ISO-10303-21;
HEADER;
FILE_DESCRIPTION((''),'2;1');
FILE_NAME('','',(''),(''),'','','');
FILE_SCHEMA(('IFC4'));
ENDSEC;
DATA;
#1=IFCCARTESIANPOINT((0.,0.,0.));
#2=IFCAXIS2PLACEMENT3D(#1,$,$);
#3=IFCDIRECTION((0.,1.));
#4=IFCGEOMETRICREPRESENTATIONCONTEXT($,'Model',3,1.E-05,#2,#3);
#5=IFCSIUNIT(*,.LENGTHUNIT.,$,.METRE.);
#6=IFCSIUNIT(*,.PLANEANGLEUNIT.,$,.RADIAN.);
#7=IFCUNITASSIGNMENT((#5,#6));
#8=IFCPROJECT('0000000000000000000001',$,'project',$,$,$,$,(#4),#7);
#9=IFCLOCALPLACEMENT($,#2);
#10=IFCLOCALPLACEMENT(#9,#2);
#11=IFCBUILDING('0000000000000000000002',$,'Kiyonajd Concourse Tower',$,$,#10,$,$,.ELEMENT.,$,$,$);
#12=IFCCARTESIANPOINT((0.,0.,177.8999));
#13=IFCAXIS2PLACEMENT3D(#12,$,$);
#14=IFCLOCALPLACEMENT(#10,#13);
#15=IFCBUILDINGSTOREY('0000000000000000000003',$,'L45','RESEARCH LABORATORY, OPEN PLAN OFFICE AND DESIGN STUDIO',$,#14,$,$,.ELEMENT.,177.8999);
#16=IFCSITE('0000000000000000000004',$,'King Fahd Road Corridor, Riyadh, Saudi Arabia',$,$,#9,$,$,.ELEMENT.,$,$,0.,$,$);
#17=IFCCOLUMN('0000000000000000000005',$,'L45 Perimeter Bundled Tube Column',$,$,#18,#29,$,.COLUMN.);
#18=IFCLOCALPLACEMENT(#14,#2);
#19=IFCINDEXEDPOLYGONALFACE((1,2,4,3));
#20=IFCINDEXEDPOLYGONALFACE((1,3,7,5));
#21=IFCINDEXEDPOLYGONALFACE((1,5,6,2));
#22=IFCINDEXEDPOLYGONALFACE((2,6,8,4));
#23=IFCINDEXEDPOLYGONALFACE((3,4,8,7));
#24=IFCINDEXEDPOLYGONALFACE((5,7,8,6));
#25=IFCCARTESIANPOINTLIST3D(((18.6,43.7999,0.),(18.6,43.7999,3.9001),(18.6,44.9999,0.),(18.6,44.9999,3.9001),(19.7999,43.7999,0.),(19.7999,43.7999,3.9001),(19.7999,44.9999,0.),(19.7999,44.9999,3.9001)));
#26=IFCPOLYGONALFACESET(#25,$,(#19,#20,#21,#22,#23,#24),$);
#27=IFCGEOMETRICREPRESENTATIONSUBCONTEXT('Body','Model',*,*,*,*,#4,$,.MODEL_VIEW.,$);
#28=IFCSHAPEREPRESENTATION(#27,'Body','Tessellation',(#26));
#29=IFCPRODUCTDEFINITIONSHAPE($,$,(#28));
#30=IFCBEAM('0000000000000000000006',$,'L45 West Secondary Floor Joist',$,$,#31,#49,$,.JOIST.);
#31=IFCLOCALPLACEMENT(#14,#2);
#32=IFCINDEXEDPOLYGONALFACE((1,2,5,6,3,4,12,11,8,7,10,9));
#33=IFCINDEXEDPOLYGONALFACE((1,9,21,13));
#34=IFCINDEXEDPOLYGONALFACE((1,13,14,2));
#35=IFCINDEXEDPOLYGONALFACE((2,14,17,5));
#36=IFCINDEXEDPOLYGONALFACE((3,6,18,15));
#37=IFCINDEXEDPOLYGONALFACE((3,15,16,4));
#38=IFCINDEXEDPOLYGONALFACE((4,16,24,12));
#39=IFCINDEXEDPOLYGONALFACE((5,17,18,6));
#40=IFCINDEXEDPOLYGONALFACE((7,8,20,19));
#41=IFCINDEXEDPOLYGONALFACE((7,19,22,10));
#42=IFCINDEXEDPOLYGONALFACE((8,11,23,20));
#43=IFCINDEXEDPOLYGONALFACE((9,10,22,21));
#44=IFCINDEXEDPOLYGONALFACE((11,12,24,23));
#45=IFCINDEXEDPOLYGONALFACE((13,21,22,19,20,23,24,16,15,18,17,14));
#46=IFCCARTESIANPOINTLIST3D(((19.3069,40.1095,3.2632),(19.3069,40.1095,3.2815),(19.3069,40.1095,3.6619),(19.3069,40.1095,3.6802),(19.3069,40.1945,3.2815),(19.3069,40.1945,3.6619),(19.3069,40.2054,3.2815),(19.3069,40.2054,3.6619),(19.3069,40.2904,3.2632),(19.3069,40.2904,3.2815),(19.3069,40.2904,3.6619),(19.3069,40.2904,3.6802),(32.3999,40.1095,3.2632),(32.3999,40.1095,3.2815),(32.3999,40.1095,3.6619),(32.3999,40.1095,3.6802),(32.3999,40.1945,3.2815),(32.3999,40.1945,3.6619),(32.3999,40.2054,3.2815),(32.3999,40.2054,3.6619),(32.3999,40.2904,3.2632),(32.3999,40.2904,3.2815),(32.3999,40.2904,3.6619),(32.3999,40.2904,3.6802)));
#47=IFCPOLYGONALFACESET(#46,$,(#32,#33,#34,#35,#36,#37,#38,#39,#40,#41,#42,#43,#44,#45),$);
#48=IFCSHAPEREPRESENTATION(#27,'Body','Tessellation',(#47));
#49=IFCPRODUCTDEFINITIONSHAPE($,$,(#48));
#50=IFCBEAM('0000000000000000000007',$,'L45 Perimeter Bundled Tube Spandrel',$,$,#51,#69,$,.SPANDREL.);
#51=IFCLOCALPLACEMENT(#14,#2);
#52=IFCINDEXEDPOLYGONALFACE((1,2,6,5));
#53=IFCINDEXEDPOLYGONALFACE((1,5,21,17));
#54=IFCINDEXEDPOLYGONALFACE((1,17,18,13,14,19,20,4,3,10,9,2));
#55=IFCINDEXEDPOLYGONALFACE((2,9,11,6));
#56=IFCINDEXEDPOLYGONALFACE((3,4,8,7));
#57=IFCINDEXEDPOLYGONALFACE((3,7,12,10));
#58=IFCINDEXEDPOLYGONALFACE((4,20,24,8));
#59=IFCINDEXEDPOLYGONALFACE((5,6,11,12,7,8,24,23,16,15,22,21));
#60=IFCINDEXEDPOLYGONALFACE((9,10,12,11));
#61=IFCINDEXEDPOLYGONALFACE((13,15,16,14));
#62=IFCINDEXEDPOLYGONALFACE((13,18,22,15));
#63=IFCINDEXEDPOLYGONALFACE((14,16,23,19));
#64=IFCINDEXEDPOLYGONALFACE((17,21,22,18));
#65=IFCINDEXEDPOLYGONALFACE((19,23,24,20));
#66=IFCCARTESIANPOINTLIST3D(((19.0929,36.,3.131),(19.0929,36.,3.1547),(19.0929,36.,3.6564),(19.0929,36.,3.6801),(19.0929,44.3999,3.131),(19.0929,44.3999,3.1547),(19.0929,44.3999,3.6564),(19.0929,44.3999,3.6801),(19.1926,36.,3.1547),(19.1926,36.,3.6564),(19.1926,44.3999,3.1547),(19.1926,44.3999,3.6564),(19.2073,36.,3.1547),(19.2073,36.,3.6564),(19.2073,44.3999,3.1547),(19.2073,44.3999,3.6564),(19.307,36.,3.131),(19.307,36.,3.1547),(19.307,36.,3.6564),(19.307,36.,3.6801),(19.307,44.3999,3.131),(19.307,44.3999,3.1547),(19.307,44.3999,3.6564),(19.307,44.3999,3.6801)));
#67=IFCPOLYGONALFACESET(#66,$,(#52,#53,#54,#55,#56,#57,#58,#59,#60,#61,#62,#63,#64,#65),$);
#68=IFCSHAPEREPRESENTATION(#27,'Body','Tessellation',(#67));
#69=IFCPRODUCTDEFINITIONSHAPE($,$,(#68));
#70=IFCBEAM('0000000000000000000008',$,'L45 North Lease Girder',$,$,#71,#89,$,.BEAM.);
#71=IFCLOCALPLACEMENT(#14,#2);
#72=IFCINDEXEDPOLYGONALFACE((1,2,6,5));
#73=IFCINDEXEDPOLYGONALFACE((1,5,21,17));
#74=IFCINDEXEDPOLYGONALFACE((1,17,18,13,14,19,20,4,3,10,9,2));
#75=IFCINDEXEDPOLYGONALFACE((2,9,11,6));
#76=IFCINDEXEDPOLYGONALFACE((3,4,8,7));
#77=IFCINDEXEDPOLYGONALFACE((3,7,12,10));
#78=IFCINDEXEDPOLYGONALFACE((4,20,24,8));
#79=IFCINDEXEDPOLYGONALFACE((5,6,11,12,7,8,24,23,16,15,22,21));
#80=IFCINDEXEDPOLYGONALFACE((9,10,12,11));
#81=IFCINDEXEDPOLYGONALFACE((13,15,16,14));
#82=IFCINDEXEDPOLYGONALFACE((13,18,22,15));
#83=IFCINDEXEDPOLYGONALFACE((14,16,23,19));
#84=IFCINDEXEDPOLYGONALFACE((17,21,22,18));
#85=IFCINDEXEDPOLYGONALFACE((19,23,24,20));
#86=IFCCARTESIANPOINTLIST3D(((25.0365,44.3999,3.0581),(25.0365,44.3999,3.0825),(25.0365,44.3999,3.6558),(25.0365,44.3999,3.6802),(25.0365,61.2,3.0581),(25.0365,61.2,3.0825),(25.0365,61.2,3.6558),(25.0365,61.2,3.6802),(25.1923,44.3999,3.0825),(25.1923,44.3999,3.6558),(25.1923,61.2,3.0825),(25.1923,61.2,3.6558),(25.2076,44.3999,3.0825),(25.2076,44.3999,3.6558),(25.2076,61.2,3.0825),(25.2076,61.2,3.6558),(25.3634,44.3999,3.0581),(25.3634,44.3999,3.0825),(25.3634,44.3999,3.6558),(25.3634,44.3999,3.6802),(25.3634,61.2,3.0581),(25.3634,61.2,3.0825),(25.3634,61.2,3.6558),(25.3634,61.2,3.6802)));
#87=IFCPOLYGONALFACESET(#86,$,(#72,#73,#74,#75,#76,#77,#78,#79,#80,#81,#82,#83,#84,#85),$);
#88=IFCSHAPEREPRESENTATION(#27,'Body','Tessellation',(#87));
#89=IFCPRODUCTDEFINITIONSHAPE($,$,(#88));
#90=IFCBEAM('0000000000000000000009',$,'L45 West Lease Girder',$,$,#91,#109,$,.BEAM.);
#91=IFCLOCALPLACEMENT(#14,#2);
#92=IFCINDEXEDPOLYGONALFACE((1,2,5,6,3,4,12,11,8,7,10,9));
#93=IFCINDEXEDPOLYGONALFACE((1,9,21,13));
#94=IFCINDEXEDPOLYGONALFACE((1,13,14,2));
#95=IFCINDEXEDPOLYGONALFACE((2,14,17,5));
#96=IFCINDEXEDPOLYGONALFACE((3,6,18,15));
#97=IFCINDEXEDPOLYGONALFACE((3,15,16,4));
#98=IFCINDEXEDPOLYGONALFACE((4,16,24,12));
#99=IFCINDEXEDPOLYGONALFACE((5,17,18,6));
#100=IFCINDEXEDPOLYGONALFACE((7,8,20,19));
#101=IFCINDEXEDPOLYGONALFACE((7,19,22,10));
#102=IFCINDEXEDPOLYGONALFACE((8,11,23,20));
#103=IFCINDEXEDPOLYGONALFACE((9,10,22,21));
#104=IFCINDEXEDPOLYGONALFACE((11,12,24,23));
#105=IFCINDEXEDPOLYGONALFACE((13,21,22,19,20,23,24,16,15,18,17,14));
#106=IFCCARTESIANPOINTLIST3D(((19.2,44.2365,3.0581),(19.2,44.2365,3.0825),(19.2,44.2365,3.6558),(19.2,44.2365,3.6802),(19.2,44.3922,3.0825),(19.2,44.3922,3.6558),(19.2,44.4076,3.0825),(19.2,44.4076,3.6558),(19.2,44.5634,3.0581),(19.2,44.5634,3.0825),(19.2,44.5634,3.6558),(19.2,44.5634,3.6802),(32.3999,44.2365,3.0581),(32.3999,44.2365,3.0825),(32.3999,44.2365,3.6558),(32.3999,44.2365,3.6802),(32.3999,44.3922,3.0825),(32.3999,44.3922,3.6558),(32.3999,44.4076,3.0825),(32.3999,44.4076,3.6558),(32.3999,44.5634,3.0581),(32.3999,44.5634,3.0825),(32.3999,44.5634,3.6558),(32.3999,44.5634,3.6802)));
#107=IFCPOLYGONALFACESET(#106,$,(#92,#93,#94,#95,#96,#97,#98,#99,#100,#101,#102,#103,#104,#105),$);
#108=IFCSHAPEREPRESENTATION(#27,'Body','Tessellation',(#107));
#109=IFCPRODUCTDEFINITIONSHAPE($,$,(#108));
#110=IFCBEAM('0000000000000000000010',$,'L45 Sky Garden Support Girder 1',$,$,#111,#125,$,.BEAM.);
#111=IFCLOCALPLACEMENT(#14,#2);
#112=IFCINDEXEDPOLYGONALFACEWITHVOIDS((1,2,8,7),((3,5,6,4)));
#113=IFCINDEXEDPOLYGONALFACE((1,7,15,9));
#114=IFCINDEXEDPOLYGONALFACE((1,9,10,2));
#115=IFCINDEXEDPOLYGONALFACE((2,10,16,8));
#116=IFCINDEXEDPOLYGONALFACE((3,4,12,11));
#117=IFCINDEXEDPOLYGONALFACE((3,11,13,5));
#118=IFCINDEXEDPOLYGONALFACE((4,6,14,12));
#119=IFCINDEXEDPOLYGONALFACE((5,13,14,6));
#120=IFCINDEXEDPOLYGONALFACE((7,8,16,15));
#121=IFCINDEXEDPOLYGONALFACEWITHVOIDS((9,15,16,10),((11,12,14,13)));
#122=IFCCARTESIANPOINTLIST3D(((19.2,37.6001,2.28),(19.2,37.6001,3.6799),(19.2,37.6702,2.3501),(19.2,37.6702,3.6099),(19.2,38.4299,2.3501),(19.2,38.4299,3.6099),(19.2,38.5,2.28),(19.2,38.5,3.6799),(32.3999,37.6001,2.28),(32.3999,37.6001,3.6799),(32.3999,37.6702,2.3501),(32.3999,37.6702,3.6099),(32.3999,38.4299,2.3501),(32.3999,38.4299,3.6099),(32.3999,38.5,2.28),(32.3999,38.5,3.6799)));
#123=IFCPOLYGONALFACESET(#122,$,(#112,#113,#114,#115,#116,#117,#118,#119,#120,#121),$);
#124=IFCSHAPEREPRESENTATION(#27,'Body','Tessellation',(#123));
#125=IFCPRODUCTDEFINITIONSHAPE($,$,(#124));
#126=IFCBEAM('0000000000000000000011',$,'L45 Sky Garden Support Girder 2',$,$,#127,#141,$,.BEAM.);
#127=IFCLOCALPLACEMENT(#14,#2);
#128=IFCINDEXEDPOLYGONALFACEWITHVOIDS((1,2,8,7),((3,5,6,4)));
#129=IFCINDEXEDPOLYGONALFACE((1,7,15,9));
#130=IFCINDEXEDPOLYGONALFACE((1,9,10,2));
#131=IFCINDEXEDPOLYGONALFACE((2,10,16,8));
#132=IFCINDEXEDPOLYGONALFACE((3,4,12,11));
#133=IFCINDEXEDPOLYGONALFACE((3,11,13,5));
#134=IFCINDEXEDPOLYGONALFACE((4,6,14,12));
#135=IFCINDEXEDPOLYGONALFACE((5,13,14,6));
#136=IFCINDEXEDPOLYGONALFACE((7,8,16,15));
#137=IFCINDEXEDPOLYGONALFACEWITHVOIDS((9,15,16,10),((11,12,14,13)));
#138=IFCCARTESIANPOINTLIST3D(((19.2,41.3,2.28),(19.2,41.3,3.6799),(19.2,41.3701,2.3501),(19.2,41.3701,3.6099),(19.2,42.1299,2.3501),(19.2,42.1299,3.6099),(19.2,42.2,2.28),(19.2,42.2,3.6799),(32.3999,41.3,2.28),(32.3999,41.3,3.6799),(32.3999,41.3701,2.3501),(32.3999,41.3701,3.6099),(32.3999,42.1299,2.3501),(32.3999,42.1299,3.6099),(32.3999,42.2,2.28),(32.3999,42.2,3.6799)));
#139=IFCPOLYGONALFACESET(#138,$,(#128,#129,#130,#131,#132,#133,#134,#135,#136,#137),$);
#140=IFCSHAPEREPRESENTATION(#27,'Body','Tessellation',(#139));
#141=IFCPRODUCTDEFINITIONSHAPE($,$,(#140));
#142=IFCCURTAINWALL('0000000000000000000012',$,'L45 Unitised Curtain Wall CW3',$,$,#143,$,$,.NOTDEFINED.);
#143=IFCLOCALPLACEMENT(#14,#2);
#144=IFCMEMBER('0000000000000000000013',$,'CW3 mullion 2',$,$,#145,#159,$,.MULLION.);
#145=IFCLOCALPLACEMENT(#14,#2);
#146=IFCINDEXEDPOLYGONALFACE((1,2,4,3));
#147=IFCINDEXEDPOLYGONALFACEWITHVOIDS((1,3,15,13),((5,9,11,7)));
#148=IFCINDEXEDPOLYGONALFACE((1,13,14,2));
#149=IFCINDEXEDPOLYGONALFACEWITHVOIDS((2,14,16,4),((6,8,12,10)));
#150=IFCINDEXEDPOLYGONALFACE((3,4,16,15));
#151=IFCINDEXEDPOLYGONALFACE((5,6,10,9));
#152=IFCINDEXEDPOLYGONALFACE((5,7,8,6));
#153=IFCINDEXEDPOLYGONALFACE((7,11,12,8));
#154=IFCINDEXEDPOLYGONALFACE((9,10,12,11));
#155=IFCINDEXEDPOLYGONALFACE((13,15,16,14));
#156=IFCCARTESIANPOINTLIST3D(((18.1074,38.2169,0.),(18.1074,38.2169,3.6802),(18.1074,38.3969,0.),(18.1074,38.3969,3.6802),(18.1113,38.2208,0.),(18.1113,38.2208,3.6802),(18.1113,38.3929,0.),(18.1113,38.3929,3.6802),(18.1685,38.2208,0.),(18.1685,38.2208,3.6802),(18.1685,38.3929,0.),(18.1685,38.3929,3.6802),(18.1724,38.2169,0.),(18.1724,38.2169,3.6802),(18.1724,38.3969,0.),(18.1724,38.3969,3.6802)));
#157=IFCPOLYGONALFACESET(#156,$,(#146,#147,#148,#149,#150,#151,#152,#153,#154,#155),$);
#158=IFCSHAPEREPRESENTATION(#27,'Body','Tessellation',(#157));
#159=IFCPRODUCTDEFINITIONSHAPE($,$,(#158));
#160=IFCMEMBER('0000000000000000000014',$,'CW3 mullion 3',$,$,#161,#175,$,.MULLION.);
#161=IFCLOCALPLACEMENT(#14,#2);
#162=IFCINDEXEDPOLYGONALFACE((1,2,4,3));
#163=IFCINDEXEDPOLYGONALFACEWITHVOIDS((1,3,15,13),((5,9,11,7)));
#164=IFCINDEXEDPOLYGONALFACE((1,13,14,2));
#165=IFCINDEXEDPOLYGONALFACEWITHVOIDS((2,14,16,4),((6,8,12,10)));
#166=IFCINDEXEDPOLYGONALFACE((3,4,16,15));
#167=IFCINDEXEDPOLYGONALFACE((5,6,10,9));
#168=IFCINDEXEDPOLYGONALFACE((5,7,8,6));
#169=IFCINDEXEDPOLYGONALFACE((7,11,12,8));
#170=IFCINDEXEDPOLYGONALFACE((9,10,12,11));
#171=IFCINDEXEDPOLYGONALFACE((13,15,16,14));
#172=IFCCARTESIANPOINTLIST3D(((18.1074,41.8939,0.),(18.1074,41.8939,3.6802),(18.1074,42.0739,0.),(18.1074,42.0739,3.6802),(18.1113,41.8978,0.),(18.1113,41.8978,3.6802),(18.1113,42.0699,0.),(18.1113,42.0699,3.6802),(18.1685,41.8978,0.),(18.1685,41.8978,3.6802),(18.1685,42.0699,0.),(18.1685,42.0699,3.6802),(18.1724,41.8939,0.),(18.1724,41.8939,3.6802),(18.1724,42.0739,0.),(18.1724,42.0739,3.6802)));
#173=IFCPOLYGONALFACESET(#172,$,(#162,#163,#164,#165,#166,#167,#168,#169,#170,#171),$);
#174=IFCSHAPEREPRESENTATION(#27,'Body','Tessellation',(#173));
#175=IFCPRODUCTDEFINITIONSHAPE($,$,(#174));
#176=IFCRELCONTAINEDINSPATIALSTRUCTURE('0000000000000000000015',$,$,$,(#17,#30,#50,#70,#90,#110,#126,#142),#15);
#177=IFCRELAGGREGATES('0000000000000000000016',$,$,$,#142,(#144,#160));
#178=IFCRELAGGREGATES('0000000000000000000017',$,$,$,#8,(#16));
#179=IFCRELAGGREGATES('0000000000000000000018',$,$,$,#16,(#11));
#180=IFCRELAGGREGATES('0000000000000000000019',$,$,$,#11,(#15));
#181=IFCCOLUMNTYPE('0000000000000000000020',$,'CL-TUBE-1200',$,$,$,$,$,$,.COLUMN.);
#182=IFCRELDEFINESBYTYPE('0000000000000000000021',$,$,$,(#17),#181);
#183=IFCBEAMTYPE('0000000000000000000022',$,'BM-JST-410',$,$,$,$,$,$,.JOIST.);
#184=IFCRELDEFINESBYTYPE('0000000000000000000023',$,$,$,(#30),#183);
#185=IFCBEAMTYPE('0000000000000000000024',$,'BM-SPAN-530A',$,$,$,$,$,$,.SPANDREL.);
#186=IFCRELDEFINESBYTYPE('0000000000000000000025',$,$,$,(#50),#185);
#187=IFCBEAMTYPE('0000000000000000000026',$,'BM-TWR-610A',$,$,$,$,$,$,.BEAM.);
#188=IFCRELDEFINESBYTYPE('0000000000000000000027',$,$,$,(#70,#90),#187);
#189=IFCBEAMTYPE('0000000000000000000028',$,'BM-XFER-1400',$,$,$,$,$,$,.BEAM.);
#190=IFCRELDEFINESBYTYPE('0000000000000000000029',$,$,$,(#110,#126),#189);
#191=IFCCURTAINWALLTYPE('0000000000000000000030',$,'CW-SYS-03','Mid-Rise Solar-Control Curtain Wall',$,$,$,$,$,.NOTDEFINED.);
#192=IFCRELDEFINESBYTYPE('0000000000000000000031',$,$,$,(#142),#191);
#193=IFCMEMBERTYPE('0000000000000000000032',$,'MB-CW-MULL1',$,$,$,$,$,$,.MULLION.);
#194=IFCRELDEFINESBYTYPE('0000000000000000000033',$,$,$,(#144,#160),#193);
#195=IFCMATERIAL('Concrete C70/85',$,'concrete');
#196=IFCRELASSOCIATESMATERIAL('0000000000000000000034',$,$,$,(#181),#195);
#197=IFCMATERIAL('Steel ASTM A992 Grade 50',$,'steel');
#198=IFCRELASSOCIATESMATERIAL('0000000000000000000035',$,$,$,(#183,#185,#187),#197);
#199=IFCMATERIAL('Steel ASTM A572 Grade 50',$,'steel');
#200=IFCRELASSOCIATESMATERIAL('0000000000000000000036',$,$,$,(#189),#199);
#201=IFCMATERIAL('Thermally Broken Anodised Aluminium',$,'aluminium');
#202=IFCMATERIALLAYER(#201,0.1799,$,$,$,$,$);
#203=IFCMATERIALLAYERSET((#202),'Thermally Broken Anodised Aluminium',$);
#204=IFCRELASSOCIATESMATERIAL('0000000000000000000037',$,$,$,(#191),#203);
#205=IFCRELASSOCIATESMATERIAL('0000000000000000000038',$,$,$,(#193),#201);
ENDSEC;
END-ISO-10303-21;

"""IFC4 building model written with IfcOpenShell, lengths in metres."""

from ifc_helpers import new_model, si_unit, direction, frame, origin, origin_2d, place, context, subcontext, project, spatial, rectangle, hollow_rectangle, i_section, extrude, material, layer, layer_set, material_profile, profile_set, type_object, element, aggregate, save


model = new_model("IFC4")

# Units and contexts
model_context = context("Model", 3, precision=1e-05, world=origin(), true_north=direction((0.0, 1.0)))
body_context = subcontext(model_context, "Body", "Model", "MODEL_VIEW")
ifc_project = project(units=[si_unit("LENGTHUNIT", "METRE"), si_unit("PLANEANGLEUNIT", "RADIAN")], contexts=[model_context])

# Site, building, storey
site_placement = place(None, origin())
site = spatial("IfcSite", under=ifc_project, at=site_placement, Name="King Fahd Road Corridor, Riyadh, Saudi Arabia", CompositionType="ELEMENT", RefElevation=0.0)
building_placement = place(site_placement, origin())
building = spatial("IfcBuilding", under=site, at=building_placement, Name="Kiyonajd Concourse Tower", CompositionType="ELEMENT")
storey_placement = place(building_placement, frame((0.0, 0.0, 177.8999)))
storey = spatial("IfcBuildingStorey", under=building, at=storey_placement, Name="L45", Description="RESEARCH LABORATORY, OPEN PLAN OFFICE AND DESIGN STUDIO", CompositionType="ELEMENT", Elevation=177.8999)

# Column
ifc_material_1 = material(Name="Concrete C70/85", Category="concrete")
ifc_material_profile_1 = material_profile(ifc_material_1, rectangle(XDim=1.2, YDim=1.2, at=origin_2d()), Name="RC-1200x1200")
ifc_profile_set_1 = profile_set([ifc_material_profile_1], Name="Concrete C70/85")
column_type = type_object("IfcColumnType", Name="CL-TUBE-1200", PredefinedType="COLUMN", material=ifc_profile_set_1)
column_placement = place(storey_placement, frame((19.2, 44.3999, 0.0), z_axis=(0.0, 0.0, 1.0), x_axis=(1.0, 0.0, 0.0)))
element("IfcColumn", 1, at=column_placement, inside=storey, type_object=column_type, Name="L45 Perimeter Bundled Tube Column", PredefinedType="COLUMN", context=body_context, shape_type="SweptSolid", body=[
    extrude(rectangle(XDim=1.2, YDim=1.2, at=origin_2d()), origin(), (0.0, 0.0, 1.0), 3.9001),
])

# Beams
ifc_material_2 = material(Name="Steel ASTM A992 Grade 50", Category="steel")
ifc_material_profile_2 = material_profile(ifc_material_2, i_section(OverallWidth=0.1809, OverallDepth=0.417, WebThickness=0.011, FlangeThickness=0.0183, at=origin_2d()), Name="W410X85")
ifc_profile_set_2 = profile_set([ifc_material_profile_2], Name="Steel ASTM A992 Grade 50")
beam_type_1 = type_object("IfcBeamType", Name="BM-JST-410", PredefinedType="JOIST", material=ifc_profile_set_2)
beam_1_placement = place(storey_placement, frame((19.3069, 40.2, 3.4717), z_axis=(1.0, 0.0, 0.0), x_axis=(0.0, 1.0, 0.0)))
element("IfcBeam", 2, at=beam_1_placement, inside=storey, type_object=beam_type_1, Name="L45 West Secondary Floor Joist", PredefinedType="JOIST", context=body_context, shape_type="SweptSolid", body=[
    extrude(i_section(OverallWidth=0.1809, OverallDepth=0.417, WebThickness=0.011, FlangeThickness=0.0183, at=origin_2d()), origin(), (0.0, 0.0, 1.0), 13.093),
])
ifc_material_profile_3 = material_profile(ifc_material_2, i_section(OverallWidth=0.2141, OverallDepth=0.5491, WebThickness=0.0146, FlangeThickness=0.0237, at=origin_2d()), Name="W530X138")
ifc_profile_set_3 = profile_set([ifc_material_profile_3], Name="Steel ASTM A992 Grade 50")
beam_type_2 = type_object("IfcBeamType", Name="BM-SPAN-530A", PredefinedType="SPANDREL", material=ifc_profile_set_3)
beam_2_placement = place(storey_placement, frame((19.2, 44.3999, 3.4055), z_axis=(0.0, -1.0, 0.0), x_axis=(1.0, 0.0, 0.0)))
element("IfcBeam", 3, at=beam_2_placement, inside=storey, type_object=beam_type_2, Name="L45 Perimeter Bundled Tube Spandrel", PredefinedType="SPANDREL", context=body_context, shape_type="SweptSolid", body=[
    extrude(i_section(OverallWidth=0.2141, OverallDepth=0.5491, WebThickness=0.0146, FlangeThickness=0.0237, at=origin_2d()), origin(), (0.0, 0.0, 1.0), 8.3999),
])
ifc_material_profile_4 = material_profile(ifc_material_2, i_section(OverallWidth=0.3269, OverallDepth=0.6221, WebThickness=0.0154, FlangeThickness=0.0244, at=origin_2d()), Name="W610X195")
ifc_profile_set_4 = profile_set([ifc_material_profile_4], Name="Steel ASTM A992 Grade 50")
beam_type_3 = type_object("IfcBeamType", Name="BM-TWR-610A", PredefinedType="BEAM", material=ifc_profile_set_4)
beam_3_placement = place(storey_placement, frame((25.2, 44.3999, 3.3691), z_axis=(0.0, 1.0, 0.0), x_axis=(-1.0, 0.0, 0.0)))
element("IfcBeam", 4, at=beam_3_placement, inside=storey, type_object=beam_type_3, Name="L45 North Lease Girder", PredefinedType="BEAM", context=body_context, shape_type="SweptSolid", body=[
    extrude(i_section(OverallWidth=0.3269, OverallDepth=0.6221, WebThickness=0.0154, FlangeThickness=0.0244, at=origin_2d()), origin(), (0.0, 0.0, 1.0), 16.8),
])
beam_4_placement = place(storey_placement, frame((19.2, 44.3999, 3.3691), z_axis=(1.0, 0.0, 0.0), x_axis=(0.0, 1.0, 0.0)))
element("IfcBeam", 5, at=beam_4_placement, inside=storey, type_object=beam_type_3, Name="L45 West Lease Girder", PredefinedType="BEAM", context=body_context, shape_type="SweptSolid", body=[
    extrude(i_section(OverallWidth=0.3269, OverallDepth=0.6221, WebThickness=0.0154, FlangeThickness=0.0244, at=origin_2d()), origin(), (0.0, 0.0, 1.0), 13.2),
])
ifc_material_3 = material(Name="Steel ASTM A572 Grade 50", Category="steel")
ifc_material_profile_5 = material_profile(ifc_material_3, hollow_rectangle(XDim=0.8999, YDim=1.3999, WallThickness=0.0701, at=origin_2d()), Name="BOX-1400x900x70")
ifc_profile_set_5 = profile_set([ifc_material_profile_5], Name="Steel ASTM A572 Grade 50")
beam_type_4 = type_object("IfcBeamType", Name="BM-XFER-1400", PredefinedType="BEAM", material=ifc_profile_set_5)
for number, where, z_axis, x_axis, name in (
    (6, (19.2, 38.05, 2.98), (1.0, 0.0, 0.0), (0.0, 1.0, 0.0), "L45 Sky Garden Support Girder 1"),
    (7, (19.2, 41.75, 2.98), (1.0, 0.0, 0.0), (0.0, 1.0, 0.0), "L45 Sky Garden Support Girder 2"),
):
    element("IfcBeam", number, at=place(storey_placement, frame(where, z_axis=z_axis, x_axis=x_axis)), inside=storey, type_object=beam_type_4, Name=name, PredefinedType="BEAM", context=body_context, shape_type="SweptSolid", body=[
        extrude(hollow_rectangle(XDim=0.8999, YDim=1.3999, WallThickness=0.0701, at=origin_2d()), origin(), (0.0, 0.0, 1.0), 13.2),
    ])

# Curtain wall, members
ifc_material_4 = material(Name="Thermally Broken Anodised Aluminium", Category="aluminium")
ifc_layer_1 = layer(ifc_material_4, 0.1799)
ifc_layer_set_1 = layer_set([ifc_layer_1], Name="Thermally Broken Anodised Aluminium")
curtain_wall_type = type_object("IfcCurtainWallType", Name="CW-SYS-03", Description="Mid-Rise Solar-Control Curtain Wall", PredefinedType="NOTDEFINED", material=ifc_layer_set_1)
curtain_wall_placement = place(storey_placement, origin())
curtain_wall = element("IfcCurtainWall", 8, at=curtain_wall_placement, inside=storey, type_object=curtain_wall_type, Name="L45 Unitised Curtain Wall CW3", PredefinedType="NOTDEFINED")
ifc_material_profile_6 = material_profile(ifc_material_4, hollow_rectangle(XDim=0.0649, YDim=0.1799, WallThickness=0.0039, at=origin_2d()), Name="MULL-65x180")
ifc_profile_set_6 = profile_set([ifc_material_profile_6], Name="Thermally Broken Anodised Aluminium")
member_type_1 = type_object("IfcMemberType", Name="MB-CW-MULL1", PredefinedType="MULLION", material=ifc_profile_set_6)
member_1_placement = place(storey_placement, frame((18.1399, 38.3069, 0.0), z_axis=(0.0, 0.0, 1.0), x_axis=(-1.0, 0.0, 0.0)))
member_1 = element("IfcMember", 9, at=member_1_placement, type_object=member_type_1, Name="CW3 mullion 2", PredefinedType="MULLION", context=body_context, shape_type="SweptSolid", body=[
    extrude(hollow_rectangle(XDim=0.0649, YDim=0.1799, WallThickness=0.0039, at=origin_2d()), origin(), (0.0, 0.0, 1.0), 3.6802),
])
member_2_placement = place(storey_placement, frame((18.1399, 41.9839, 0.0), z_axis=(0.0, 0.0, 1.0), x_axis=(-1.0, 0.0, 0.0)))
member_2 = element("IfcMember", 10, at=member_2_placement, type_object=member_type_1, Name="CW3 mullion 3", PredefinedType="MULLION", context=body_context, shape_type="SweptSolid", body=[
    extrude(hollow_rectangle(XDim=0.0649, YDim=0.1799, WallThickness=0.0039, at=origin_2d()), origin(), (0.0, 0.0, 1.0), 3.6802),
])

aggregate(curtain_wall, [member_1, member_2])

save(model, "model.ifc")
